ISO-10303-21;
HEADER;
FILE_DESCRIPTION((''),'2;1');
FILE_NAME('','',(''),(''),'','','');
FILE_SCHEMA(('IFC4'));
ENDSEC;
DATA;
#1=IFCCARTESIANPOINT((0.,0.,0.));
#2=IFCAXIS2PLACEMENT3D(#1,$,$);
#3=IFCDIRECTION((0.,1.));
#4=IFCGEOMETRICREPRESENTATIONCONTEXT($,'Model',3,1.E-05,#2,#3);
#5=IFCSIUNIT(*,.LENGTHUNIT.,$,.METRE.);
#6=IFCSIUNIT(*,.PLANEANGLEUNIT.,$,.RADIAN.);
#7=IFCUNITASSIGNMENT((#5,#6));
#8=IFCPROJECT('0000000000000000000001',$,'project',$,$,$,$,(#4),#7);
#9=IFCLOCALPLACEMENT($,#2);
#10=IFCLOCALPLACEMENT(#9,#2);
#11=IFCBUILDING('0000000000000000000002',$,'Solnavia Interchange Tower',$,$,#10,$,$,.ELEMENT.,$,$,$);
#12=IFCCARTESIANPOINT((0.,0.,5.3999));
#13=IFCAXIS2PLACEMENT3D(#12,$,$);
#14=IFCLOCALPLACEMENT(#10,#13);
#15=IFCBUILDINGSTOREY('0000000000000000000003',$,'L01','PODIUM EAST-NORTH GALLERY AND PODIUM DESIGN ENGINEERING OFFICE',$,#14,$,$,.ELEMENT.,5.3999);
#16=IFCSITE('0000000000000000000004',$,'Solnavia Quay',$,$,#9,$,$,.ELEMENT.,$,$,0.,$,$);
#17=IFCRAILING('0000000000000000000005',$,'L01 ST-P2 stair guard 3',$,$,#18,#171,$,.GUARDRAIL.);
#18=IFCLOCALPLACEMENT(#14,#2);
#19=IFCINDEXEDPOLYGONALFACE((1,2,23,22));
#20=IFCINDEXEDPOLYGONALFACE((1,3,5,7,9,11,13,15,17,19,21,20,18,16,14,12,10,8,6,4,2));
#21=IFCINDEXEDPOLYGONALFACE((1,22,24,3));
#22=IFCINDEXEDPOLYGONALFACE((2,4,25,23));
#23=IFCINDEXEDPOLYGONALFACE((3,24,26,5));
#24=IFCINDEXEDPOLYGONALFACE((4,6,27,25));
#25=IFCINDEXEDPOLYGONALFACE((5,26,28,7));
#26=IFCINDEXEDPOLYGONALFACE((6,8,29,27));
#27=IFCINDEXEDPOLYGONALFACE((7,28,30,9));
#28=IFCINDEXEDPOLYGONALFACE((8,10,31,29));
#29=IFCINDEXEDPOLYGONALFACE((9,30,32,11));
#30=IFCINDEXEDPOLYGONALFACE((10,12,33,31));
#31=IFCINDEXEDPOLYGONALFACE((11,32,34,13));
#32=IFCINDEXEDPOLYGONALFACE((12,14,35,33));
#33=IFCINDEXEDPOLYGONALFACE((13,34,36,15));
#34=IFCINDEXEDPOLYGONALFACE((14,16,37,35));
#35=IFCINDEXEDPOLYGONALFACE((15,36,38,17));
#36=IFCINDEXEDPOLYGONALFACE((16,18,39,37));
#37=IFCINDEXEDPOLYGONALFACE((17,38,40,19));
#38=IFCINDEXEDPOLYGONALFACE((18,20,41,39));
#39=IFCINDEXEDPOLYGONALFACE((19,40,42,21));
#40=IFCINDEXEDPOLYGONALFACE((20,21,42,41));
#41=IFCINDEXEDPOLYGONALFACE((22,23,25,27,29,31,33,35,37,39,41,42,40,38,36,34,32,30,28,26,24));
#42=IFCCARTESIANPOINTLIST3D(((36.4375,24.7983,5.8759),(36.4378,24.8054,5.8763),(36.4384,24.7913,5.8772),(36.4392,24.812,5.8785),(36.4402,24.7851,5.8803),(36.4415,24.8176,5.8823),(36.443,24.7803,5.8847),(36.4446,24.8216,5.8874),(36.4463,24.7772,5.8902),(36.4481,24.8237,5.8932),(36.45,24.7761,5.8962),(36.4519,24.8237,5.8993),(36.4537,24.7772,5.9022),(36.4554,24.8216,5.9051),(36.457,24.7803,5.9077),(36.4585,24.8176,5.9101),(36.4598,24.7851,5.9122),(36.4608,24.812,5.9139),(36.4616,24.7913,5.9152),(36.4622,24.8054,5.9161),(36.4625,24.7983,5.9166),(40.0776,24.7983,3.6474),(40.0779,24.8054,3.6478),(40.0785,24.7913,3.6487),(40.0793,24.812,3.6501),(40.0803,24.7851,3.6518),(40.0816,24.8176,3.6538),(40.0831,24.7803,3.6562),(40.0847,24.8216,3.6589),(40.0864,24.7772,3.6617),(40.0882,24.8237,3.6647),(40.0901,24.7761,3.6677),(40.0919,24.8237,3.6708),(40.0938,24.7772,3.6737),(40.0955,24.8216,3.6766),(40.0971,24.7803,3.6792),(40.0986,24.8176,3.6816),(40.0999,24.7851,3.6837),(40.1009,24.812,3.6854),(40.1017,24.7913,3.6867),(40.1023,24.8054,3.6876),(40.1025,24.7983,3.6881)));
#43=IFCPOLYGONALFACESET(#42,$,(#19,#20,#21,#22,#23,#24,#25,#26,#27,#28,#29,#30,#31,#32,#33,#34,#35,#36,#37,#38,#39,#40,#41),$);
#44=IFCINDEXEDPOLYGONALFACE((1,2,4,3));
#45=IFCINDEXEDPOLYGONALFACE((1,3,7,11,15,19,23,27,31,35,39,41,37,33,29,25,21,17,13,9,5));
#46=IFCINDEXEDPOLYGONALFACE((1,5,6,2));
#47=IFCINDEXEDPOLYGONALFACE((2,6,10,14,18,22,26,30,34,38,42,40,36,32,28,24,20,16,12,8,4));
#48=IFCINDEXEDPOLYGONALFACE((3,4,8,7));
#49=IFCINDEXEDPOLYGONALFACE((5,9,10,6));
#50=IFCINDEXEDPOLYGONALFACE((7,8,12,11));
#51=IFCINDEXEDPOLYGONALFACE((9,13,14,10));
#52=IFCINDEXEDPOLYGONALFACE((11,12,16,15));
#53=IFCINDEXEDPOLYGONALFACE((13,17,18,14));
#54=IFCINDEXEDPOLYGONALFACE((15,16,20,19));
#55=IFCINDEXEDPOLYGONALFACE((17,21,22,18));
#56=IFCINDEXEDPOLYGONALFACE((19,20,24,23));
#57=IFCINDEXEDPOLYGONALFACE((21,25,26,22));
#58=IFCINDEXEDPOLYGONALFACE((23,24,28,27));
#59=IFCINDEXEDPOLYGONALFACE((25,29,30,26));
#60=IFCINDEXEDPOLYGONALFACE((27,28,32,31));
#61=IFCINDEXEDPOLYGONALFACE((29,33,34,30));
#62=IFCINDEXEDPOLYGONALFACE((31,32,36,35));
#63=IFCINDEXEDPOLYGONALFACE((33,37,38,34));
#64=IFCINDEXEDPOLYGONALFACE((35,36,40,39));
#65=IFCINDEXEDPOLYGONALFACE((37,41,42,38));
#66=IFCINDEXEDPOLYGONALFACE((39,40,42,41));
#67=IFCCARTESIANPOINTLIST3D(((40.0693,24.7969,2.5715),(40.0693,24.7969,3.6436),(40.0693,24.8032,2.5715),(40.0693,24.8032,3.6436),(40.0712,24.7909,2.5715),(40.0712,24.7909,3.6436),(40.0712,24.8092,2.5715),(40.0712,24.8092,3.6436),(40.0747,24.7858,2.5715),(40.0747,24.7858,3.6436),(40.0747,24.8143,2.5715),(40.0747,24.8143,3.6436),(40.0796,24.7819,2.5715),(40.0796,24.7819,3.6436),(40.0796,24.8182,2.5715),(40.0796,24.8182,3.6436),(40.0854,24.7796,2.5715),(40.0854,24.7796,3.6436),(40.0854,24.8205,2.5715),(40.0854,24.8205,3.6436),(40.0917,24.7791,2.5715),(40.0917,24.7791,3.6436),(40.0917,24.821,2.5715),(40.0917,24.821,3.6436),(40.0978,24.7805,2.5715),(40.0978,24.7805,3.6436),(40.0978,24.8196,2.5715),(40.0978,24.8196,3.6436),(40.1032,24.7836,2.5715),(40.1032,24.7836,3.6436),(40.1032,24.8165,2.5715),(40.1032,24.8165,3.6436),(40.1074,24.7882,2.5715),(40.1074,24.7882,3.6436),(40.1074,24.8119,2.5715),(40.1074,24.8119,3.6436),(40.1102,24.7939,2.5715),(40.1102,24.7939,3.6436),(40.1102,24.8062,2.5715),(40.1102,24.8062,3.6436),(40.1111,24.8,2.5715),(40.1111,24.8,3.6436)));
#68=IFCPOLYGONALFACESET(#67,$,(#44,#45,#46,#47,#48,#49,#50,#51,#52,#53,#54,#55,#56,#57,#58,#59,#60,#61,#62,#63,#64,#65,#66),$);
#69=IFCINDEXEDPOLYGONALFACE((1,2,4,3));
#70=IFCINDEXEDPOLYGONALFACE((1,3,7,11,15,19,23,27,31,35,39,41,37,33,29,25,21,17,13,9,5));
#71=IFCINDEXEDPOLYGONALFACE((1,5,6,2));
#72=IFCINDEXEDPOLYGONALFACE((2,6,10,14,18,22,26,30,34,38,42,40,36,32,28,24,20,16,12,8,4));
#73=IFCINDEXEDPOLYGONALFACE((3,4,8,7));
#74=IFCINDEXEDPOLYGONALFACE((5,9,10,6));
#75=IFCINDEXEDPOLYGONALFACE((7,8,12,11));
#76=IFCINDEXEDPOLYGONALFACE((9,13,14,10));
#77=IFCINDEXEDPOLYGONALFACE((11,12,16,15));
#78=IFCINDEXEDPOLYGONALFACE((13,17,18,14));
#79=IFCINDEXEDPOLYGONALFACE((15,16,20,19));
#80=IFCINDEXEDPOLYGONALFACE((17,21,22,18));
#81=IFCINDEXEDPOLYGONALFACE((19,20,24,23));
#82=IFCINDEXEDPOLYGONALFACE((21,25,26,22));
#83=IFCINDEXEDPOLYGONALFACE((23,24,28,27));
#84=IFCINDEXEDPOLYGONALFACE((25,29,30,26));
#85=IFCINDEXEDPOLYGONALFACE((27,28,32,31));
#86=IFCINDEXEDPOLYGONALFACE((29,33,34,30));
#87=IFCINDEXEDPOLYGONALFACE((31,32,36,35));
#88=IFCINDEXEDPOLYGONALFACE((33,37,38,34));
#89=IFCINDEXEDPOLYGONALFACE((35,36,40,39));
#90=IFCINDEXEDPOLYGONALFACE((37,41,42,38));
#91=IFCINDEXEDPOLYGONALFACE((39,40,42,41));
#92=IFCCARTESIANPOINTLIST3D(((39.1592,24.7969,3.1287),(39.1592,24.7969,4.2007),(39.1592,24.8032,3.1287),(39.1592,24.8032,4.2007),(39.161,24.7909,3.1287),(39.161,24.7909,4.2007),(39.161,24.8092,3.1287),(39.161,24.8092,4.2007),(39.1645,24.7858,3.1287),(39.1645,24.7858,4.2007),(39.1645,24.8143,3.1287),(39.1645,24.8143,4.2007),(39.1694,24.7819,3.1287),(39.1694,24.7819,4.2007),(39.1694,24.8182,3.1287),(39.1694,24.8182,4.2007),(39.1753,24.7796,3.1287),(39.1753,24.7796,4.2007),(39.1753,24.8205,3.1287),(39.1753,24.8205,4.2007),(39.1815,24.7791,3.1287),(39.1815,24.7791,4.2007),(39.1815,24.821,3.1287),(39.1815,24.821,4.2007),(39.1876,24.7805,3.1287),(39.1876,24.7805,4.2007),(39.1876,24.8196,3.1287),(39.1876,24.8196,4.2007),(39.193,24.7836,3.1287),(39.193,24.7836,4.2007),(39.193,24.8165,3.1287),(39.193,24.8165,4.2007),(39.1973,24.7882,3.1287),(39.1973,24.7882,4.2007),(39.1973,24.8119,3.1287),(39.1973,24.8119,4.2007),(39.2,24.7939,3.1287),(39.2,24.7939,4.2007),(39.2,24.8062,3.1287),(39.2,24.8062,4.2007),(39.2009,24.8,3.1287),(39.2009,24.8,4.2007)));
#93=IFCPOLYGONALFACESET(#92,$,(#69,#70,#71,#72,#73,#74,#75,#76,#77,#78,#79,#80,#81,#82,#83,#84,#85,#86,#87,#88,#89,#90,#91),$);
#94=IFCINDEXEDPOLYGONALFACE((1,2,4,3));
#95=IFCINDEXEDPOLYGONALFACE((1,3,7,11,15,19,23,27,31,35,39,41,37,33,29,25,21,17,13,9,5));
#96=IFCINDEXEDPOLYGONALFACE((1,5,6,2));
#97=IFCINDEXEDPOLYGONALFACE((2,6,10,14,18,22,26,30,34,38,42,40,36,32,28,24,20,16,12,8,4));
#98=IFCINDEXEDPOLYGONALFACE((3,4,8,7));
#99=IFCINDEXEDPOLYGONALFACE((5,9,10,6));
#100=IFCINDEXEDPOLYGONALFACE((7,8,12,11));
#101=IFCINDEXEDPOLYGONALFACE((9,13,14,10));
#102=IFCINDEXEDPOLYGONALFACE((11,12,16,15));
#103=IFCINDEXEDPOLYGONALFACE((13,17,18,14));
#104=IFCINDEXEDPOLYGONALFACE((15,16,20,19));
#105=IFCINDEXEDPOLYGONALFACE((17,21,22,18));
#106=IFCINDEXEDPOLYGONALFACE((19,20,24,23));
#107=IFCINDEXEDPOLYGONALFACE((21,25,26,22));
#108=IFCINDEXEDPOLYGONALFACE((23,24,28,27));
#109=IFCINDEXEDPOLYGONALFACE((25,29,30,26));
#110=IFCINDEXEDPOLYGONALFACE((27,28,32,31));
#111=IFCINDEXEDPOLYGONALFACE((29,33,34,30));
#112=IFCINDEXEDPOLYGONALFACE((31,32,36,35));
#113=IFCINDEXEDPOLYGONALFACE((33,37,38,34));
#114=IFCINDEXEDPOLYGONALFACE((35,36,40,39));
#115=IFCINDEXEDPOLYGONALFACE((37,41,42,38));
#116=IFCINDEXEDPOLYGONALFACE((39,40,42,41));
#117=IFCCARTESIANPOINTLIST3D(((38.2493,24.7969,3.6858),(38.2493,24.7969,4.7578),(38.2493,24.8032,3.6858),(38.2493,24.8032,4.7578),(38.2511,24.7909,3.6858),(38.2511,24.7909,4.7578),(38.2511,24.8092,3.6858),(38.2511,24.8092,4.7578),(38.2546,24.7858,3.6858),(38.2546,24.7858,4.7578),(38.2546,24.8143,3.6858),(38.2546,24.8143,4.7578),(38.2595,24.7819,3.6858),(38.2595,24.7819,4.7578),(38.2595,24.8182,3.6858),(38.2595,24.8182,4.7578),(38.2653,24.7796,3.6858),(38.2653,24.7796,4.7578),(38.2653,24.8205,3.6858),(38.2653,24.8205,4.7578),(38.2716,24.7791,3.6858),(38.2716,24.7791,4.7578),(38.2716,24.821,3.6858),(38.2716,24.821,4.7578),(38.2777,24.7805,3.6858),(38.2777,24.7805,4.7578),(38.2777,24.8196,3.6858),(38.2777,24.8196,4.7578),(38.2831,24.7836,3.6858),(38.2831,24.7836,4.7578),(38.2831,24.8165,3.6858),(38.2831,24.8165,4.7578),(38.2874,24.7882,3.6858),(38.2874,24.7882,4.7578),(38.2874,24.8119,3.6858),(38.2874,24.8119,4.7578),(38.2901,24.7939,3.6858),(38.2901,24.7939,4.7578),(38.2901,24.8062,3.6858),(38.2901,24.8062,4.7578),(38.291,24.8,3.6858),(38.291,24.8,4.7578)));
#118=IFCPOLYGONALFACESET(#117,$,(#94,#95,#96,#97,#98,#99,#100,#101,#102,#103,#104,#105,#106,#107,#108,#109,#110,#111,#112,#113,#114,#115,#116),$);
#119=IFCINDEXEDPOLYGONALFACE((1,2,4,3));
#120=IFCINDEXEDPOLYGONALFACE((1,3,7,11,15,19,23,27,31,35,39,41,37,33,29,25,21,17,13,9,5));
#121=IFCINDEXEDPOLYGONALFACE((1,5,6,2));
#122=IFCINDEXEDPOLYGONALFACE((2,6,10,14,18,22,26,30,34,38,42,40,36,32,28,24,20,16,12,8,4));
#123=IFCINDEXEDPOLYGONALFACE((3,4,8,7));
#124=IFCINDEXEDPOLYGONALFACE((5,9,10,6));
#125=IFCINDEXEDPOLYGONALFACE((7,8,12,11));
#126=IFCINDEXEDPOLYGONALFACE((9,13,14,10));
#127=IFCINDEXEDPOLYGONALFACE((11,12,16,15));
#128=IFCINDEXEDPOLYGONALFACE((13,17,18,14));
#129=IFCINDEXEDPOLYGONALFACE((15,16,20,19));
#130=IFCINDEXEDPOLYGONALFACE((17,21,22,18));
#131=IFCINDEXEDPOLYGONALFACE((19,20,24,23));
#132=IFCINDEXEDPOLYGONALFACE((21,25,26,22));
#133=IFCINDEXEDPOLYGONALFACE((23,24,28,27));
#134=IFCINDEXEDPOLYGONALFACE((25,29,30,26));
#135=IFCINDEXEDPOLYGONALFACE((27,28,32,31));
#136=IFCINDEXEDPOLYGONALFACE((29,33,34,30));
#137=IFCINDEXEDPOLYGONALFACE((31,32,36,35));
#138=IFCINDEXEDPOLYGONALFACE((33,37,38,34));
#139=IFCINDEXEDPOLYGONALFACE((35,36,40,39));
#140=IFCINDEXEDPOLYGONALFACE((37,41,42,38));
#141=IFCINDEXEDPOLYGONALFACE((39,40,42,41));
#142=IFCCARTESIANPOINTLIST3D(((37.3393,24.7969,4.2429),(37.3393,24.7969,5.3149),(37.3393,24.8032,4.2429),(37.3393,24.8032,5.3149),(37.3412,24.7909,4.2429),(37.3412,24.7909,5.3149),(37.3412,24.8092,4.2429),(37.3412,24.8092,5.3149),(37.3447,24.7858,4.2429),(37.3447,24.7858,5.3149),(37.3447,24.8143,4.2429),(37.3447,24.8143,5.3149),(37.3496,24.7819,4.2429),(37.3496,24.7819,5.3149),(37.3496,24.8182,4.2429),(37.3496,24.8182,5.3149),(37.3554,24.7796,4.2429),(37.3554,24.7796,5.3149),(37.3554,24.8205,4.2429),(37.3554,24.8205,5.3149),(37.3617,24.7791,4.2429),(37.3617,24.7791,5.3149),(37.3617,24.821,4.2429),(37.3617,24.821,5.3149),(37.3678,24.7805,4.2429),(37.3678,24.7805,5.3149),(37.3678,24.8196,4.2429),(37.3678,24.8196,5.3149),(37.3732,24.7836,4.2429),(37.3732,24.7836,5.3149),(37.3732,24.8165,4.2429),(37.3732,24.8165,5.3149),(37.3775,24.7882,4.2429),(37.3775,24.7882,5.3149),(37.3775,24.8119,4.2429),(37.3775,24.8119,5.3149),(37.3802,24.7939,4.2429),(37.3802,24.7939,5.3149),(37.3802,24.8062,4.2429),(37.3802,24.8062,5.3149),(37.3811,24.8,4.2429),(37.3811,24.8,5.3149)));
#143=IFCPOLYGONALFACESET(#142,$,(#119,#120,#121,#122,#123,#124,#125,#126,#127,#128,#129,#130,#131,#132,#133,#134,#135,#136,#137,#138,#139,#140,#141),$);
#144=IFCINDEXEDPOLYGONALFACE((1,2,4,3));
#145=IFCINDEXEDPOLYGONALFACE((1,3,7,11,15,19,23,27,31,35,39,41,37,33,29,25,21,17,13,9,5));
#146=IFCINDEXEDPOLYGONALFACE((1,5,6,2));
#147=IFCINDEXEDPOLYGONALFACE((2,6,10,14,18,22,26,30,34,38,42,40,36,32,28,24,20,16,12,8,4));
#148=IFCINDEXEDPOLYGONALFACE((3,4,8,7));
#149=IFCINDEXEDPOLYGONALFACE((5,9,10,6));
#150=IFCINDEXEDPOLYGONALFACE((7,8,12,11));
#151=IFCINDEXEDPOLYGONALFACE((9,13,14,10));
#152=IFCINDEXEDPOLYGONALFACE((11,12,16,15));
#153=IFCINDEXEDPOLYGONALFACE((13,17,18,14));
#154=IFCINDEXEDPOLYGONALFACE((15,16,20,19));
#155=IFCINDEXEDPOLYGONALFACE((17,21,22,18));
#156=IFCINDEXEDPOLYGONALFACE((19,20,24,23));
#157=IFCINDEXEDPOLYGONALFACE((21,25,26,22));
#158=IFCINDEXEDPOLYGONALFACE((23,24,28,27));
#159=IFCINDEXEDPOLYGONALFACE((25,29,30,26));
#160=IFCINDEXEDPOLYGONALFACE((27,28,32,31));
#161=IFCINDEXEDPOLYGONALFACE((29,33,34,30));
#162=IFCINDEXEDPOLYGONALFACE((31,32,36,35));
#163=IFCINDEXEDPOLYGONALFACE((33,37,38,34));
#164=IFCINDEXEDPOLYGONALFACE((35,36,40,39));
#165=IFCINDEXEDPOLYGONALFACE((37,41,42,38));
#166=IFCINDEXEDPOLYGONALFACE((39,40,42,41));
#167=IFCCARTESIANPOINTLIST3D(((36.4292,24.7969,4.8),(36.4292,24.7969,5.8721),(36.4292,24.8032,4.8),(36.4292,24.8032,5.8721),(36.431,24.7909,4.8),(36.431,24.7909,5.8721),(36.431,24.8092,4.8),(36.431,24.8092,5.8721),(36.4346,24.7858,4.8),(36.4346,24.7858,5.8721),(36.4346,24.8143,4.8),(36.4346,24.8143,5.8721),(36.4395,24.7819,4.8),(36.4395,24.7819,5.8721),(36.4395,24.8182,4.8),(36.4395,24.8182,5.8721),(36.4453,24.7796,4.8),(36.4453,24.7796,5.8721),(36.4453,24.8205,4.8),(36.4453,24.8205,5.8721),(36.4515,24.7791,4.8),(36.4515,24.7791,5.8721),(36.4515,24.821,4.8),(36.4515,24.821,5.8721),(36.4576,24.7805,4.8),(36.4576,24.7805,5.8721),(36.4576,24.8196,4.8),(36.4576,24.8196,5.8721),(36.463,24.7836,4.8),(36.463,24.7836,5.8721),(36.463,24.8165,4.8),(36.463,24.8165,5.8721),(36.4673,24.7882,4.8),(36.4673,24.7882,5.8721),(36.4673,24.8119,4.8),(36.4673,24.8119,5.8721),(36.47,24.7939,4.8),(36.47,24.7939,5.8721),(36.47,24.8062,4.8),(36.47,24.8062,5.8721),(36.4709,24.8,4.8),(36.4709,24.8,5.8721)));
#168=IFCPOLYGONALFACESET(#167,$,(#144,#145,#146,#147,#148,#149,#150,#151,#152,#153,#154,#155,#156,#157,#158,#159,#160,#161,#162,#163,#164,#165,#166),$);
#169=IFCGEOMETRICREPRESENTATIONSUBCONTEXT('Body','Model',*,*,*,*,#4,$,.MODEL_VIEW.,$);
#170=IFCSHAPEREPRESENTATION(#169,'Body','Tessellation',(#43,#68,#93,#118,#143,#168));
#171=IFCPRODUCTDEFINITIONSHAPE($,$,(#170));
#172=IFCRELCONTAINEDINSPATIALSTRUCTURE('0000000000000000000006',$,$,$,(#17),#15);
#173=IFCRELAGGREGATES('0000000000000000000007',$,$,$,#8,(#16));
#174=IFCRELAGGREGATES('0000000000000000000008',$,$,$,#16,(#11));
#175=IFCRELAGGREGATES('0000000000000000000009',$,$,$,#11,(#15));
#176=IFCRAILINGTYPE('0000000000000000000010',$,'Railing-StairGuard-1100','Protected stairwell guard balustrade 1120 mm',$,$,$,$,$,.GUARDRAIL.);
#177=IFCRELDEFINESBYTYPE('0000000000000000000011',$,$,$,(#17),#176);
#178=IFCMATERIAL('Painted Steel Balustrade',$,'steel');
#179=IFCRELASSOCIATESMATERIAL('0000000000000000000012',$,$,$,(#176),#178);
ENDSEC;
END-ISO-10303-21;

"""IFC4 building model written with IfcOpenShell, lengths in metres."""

from ifc_helpers import new_model, si_unit, direction, frame, origin, origin_2d, place, context, subcontext, project, spatial, circle, extrude, material, type_object, element, save


model = new_model("IFC4")

# Units and contexts
model_context = context("Model", 3, precision=1e-05, world=origin(), true_north=direction((0.0, 1.0)))
body_context = subcontext(model_context, "Body", "Model", "MODEL_VIEW")
ifc_project = project(units=[si_unit("LENGTHUNIT", "METRE"), si_unit("PLANEANGLEUNIT", "RADIAN")], contexts=[model_context])

# Site, building, storey
site_placement = place(None, origin())
site = spatial("IfcSite", under=ifc_project, at=site_placement, Name="Solnavia Quay", CompositionType="ELEMENT", RefElevation=0.0)
building_placement = place(site_placement, origin())
building = spatial("IfcBuilding", under=site, at=building_placement, Name="Solnavia Interchange Tower", CompositionType="ELEMENT")
storey_placement = place(building_placement, frame((0.0, 0.0, 5.3999)))
storey = spatial("IfcBuildingStorey", under=building, at=storey_placement, Name="L01", Description="PODIUM EAST-NORTH GALLERY AND PODIUM DESIGN ENGINEERING OFFICE", CompositionType="ELEMENT", Elevation=5.3999)

# Railing
ifc_material_1 = material(Name="Painted Steel Balustrade", Category="steel")
railing_type_1 = type_object("IfcRailingType", Name="Railing-StairGuard-1100", Description="Protected stairwell guard balustrade 1120 mm", PredefinedType="GUARDRAIL", material=ifc_material_1)
railing_1_placement = place(storey_placement, frame((40.0901, 24.8, 2.5715)))
element("IfcRailing", 1, at=railing_1_placement, inside=storey, type_object=railing_type_1, Name="L01 ST-P2 stair guard 3", PredefinedType="GUARDRAIL", context=body_context, shape_type="SweptSolid", body=[
    extrude(circle(Radius=0.0239, at=origin_2d()), frame((0.0, 0.0, 1.0962), z_axis=(-0.852866, 0.0, 0.52213), x_axis=(0.0, -1.0, 0.0)), (0.0, 0.0, 1.0), 4.2681),
    extrude(circle(Radius=0.021, at=origin_2d()), origin(), (0.0, 0.0, 1.0), 1.072),
    extrude(circle(Radius=0.021, at=origin_2d()), frame((-0.9102, 0.0, 0.5571)), (0.0, 0.0, 1.0), 1.072),
    extrude(circle(Radius=0.021, at=origin_2d()), frame((-1.8201, 0.0, 1.1143)), (0.0, 0.0, 1.0), 1.072),
    extrude(circle(Radius=0.021, at=origin_2d()), frame((-2.73, 0.0, 1.6714)), (0.0, 0.0, 1.0), 1.072),
    extrude(circle(Radius=0.021, at=origin_2d()), frame((-3.6401, 0.0, 2.2285)), (0.0, 0.0, 1.0), 1.072),
])

save(model, "model.ifc")
